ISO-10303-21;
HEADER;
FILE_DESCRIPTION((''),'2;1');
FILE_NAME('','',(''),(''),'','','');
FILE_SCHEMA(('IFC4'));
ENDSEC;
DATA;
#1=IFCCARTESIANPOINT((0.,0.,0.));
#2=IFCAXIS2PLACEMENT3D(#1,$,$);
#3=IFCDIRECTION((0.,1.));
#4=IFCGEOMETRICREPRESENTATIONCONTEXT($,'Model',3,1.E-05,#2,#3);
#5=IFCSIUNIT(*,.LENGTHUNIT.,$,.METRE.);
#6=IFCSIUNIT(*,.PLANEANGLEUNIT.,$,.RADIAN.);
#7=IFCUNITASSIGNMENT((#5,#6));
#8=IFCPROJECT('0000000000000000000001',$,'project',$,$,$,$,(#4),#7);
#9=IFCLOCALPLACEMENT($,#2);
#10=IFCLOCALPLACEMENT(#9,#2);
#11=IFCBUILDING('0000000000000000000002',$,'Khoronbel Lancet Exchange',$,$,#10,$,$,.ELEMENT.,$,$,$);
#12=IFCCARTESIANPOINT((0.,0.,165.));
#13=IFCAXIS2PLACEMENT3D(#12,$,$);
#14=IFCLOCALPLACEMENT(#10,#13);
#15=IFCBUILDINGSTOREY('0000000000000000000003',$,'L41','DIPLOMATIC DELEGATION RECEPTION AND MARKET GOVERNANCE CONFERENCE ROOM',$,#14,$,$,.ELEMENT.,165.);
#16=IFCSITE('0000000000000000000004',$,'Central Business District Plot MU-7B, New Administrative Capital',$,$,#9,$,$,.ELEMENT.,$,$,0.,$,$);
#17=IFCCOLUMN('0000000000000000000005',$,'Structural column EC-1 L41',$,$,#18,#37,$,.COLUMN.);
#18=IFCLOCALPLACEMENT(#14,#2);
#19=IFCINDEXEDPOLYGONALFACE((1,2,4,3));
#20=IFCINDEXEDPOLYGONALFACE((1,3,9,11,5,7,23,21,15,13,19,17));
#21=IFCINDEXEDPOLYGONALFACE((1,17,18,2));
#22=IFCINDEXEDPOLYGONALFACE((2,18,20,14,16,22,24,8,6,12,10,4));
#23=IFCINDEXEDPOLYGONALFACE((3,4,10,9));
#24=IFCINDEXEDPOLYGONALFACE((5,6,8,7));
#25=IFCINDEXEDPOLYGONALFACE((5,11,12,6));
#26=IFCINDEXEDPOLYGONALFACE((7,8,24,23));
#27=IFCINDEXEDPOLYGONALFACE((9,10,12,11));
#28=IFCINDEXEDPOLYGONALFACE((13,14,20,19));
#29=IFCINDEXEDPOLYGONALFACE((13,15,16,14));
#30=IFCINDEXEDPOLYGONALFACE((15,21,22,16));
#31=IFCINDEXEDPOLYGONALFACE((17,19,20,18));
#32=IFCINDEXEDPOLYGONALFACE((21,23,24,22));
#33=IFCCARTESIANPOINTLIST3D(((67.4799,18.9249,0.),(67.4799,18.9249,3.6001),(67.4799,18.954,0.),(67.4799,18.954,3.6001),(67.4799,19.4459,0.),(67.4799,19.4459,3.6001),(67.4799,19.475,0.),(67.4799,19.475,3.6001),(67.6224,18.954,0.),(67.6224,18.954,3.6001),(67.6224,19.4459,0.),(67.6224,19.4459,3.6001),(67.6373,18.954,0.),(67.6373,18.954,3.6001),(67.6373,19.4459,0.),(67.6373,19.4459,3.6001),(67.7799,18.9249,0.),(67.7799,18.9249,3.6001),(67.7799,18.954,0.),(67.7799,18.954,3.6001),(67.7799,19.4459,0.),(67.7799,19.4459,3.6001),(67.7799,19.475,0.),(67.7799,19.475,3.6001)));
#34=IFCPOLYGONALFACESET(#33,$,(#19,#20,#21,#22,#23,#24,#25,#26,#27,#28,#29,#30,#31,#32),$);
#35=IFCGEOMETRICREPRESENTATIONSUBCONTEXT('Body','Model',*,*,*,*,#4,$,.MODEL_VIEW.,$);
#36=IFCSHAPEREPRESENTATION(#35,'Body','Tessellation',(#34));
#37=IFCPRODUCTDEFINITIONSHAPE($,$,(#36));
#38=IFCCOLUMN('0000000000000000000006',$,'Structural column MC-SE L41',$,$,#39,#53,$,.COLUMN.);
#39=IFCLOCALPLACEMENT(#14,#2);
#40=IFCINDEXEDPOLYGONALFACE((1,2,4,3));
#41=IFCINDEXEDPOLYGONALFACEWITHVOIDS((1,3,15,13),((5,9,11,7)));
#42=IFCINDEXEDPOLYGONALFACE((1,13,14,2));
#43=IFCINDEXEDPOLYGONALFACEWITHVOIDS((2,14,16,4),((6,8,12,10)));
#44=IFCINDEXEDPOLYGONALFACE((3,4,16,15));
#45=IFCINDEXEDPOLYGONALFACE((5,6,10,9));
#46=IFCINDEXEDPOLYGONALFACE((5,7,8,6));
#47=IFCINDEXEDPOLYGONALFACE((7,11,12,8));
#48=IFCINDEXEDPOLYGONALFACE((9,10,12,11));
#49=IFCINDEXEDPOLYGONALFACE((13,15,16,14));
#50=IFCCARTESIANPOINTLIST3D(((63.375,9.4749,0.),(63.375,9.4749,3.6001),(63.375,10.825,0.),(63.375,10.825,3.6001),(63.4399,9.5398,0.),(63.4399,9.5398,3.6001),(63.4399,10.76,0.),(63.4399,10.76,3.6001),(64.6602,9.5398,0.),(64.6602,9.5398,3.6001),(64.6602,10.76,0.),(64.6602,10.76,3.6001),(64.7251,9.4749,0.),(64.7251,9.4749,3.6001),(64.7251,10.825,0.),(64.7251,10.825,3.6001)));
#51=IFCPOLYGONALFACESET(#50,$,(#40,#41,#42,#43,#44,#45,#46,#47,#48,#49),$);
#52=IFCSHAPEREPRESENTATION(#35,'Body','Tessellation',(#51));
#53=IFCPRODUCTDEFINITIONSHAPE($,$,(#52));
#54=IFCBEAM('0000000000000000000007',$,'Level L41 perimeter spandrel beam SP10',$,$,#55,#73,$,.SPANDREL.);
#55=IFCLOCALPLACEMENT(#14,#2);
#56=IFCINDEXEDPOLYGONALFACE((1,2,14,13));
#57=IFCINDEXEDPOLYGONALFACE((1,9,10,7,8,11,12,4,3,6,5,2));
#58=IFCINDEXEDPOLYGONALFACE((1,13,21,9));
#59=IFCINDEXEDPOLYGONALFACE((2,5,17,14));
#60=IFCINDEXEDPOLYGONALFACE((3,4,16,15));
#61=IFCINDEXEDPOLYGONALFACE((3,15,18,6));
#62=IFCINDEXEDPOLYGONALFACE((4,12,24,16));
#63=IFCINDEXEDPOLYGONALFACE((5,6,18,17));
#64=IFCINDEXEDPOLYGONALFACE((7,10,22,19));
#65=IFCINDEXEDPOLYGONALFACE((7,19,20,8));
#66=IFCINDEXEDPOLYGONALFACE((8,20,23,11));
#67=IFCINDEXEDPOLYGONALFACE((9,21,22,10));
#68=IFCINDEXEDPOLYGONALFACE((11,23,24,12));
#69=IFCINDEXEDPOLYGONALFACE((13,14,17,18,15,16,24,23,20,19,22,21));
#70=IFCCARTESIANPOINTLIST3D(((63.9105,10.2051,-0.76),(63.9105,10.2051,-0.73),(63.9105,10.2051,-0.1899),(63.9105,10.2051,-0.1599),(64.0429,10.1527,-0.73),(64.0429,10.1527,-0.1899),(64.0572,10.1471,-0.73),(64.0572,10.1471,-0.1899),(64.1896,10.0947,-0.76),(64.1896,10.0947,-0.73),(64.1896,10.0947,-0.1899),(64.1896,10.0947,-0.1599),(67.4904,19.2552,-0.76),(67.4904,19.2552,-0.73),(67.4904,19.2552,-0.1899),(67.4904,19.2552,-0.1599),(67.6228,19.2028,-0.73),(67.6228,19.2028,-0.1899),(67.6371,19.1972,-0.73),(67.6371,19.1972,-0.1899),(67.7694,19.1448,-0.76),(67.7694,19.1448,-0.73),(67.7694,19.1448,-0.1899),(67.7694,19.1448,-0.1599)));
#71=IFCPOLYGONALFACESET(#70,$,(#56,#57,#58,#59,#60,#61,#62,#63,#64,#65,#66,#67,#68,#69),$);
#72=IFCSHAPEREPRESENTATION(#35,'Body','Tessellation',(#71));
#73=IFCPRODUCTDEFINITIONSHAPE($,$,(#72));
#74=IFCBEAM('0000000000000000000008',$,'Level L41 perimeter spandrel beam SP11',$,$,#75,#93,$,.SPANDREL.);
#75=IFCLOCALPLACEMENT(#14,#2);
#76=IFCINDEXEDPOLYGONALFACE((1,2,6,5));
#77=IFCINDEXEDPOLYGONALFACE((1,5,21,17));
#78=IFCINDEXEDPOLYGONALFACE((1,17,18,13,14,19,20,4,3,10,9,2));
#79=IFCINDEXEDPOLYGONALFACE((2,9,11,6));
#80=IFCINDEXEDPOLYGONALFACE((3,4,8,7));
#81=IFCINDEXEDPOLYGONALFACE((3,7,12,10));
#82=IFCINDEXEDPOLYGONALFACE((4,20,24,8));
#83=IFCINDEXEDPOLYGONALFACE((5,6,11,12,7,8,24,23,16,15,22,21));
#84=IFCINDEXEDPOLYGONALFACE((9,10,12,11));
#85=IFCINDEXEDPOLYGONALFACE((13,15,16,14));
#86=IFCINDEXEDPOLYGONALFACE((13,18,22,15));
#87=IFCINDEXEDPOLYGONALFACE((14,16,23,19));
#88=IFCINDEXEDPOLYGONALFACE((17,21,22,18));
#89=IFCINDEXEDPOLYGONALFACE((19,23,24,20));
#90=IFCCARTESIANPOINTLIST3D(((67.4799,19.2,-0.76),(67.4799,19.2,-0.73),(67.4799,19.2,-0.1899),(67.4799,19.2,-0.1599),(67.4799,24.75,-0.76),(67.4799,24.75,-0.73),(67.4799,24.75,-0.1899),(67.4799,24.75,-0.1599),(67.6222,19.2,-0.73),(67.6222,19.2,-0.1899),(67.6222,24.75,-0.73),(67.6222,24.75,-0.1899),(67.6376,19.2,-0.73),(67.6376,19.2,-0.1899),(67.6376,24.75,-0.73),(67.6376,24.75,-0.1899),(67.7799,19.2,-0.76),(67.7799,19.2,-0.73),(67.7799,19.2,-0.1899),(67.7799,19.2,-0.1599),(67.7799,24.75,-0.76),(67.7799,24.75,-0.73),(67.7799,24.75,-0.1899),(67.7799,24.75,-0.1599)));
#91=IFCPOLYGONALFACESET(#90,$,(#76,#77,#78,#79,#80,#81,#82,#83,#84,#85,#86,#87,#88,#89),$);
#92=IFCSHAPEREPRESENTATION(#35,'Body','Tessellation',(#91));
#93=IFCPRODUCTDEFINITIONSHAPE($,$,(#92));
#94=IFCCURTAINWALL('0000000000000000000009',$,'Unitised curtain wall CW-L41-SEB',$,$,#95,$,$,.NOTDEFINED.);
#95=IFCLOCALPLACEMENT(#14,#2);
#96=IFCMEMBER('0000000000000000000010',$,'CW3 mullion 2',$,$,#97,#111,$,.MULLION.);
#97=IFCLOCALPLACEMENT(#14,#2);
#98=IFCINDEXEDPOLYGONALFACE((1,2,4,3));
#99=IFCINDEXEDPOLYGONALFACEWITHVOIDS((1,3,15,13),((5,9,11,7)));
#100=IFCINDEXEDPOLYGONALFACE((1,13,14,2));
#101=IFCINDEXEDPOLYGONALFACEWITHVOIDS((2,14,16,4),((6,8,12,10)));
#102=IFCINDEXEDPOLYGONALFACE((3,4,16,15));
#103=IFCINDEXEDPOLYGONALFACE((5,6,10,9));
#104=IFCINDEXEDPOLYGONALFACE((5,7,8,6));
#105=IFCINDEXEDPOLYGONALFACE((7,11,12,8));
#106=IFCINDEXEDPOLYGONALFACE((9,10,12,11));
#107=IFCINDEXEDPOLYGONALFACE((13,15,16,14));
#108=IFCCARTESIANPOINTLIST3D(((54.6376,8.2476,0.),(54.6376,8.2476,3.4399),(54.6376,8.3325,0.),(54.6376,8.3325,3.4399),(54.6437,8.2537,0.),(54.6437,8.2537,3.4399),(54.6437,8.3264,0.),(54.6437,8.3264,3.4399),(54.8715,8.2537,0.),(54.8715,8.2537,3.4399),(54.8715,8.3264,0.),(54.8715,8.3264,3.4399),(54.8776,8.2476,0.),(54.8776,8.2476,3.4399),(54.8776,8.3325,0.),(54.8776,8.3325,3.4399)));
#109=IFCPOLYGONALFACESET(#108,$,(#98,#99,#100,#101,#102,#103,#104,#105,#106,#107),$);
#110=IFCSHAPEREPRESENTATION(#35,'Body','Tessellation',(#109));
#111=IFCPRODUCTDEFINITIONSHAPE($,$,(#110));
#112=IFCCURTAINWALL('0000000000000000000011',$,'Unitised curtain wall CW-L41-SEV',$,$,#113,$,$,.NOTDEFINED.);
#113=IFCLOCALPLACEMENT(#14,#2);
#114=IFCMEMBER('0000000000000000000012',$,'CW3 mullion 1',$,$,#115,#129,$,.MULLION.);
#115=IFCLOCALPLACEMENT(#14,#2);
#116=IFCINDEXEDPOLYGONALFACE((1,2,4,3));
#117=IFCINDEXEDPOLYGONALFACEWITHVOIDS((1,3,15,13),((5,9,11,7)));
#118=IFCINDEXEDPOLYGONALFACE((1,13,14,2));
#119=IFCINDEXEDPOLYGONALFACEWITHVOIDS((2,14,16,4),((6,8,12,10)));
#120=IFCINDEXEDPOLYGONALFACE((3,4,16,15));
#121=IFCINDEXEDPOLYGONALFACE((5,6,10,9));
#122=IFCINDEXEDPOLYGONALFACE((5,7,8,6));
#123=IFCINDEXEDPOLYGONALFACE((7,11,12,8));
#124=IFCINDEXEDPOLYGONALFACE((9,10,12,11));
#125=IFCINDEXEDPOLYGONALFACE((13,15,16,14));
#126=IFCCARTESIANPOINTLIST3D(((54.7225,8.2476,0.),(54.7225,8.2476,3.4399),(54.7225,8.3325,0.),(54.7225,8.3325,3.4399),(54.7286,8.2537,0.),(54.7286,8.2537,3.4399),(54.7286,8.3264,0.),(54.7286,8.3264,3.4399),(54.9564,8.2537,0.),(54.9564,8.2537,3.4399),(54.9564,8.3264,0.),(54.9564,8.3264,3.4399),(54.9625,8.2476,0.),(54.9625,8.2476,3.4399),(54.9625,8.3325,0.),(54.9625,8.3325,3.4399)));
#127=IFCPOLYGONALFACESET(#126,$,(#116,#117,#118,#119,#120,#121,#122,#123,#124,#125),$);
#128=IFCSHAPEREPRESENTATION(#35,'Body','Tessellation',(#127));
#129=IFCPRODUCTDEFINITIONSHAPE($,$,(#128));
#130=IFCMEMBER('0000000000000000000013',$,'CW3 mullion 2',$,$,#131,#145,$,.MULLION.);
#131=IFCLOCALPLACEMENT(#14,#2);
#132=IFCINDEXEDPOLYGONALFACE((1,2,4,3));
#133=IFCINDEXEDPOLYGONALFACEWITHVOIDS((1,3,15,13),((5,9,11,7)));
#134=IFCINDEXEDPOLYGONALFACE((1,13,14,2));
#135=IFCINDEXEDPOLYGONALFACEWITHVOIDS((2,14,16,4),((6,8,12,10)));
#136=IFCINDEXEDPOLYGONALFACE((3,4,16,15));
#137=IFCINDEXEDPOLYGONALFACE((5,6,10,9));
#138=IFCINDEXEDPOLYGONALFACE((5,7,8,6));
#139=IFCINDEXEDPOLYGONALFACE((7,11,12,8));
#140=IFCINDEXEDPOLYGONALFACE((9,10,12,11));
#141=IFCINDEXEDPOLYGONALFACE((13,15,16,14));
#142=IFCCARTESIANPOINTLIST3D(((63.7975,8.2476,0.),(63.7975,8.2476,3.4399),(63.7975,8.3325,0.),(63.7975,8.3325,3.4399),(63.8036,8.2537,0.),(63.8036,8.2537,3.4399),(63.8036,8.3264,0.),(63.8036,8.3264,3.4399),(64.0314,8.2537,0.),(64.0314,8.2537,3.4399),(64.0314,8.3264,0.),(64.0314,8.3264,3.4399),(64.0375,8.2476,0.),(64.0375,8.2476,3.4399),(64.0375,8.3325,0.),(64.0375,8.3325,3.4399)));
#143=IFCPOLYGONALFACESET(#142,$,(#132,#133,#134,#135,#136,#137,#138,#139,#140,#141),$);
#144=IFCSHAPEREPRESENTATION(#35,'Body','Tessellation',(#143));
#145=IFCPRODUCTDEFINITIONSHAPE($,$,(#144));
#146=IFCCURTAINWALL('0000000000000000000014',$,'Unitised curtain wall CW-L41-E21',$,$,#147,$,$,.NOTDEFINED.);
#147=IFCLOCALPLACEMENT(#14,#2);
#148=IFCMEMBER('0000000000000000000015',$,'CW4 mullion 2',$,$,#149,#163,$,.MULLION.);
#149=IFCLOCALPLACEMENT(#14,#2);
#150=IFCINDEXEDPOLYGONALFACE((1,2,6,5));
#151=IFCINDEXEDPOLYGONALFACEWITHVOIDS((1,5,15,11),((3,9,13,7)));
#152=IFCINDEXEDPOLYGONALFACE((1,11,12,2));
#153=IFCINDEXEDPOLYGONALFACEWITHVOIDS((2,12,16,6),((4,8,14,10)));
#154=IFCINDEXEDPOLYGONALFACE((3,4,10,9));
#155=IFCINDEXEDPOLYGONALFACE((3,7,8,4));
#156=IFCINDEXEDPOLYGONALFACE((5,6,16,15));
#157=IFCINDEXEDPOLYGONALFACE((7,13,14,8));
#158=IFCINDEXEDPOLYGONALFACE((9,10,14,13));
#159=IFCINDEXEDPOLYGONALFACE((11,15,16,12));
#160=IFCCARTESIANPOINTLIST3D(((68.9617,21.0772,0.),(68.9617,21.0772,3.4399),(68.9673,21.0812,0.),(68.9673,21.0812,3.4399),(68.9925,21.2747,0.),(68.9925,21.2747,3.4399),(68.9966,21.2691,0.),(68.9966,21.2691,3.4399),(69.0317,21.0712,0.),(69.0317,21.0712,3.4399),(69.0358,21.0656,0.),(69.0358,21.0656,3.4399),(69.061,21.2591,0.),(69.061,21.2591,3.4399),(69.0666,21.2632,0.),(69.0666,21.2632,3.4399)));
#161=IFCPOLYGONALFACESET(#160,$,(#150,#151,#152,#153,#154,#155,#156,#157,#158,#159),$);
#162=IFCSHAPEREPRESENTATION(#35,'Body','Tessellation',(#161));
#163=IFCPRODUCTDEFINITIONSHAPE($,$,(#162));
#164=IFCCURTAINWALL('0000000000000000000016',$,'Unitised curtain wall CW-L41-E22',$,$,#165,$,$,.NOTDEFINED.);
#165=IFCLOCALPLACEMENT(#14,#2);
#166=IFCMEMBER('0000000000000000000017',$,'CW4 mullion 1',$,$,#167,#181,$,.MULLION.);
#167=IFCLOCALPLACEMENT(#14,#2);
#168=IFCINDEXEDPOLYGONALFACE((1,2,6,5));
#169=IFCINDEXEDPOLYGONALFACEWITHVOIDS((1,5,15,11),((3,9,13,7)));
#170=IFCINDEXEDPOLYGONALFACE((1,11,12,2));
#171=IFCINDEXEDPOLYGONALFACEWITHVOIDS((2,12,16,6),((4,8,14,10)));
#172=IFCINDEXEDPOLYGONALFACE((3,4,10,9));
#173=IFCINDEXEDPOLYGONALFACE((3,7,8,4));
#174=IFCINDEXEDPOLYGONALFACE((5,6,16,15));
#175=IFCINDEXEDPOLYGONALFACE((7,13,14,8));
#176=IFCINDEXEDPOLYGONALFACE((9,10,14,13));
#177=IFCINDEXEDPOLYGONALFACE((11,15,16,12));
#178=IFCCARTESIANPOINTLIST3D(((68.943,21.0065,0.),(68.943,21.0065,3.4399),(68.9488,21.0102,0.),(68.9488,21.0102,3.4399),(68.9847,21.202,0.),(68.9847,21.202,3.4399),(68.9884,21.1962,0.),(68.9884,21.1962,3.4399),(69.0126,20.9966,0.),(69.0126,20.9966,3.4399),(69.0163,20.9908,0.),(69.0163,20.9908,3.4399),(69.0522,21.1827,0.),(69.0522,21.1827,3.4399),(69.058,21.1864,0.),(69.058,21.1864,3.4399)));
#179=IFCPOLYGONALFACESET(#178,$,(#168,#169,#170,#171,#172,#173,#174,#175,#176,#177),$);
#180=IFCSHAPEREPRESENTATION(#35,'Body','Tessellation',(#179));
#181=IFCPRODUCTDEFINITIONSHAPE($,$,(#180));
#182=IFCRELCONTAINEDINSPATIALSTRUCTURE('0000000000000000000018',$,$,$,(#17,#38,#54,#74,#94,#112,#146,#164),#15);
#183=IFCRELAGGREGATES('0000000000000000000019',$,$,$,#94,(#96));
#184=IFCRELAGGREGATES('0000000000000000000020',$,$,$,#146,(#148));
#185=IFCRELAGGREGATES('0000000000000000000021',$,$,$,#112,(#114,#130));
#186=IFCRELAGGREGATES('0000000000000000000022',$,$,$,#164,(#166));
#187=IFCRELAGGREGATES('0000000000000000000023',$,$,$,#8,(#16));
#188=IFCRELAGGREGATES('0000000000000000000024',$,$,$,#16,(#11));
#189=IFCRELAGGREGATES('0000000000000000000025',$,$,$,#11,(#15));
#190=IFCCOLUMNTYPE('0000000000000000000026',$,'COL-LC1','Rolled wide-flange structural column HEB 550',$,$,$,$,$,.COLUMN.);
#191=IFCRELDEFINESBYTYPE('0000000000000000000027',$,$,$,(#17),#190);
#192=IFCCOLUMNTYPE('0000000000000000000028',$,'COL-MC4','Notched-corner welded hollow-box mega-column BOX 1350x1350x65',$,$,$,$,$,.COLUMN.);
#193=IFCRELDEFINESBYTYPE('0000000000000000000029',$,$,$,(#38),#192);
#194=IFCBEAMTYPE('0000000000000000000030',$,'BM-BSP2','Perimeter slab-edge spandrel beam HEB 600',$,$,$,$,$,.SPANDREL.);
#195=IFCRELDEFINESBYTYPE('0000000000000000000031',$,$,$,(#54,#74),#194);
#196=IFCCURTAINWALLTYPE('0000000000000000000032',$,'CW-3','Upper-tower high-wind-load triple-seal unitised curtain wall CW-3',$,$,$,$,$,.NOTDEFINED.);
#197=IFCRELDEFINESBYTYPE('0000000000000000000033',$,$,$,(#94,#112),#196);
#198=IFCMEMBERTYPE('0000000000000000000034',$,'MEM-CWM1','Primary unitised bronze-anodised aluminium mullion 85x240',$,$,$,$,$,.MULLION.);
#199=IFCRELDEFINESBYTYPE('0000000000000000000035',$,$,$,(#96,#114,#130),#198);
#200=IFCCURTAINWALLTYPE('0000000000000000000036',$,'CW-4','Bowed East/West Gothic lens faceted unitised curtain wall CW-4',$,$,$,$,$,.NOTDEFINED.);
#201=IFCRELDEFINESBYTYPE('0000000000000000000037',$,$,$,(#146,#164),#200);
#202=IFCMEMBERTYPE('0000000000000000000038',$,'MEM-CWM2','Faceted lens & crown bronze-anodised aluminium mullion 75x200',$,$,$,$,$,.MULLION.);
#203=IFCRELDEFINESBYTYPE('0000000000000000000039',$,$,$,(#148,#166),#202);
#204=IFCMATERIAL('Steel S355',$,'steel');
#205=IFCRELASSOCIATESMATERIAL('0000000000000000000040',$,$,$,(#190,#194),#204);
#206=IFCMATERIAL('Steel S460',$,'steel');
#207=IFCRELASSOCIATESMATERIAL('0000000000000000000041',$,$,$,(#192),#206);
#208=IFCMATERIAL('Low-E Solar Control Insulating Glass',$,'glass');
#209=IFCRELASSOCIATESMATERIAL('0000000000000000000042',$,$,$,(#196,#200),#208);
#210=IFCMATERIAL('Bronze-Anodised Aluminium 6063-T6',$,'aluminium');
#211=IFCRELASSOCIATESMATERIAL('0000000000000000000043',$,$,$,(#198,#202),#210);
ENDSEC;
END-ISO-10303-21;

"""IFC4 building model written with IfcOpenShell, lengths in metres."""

from ifc_helpers import new_model, si_unit, direction, frame, origin, origin_2d, place, context, subcontext, project, spatial, hollow_rectangle, i_section, extrude, material, material_profile, profile_set, type_object, element, aggregate, save


model = new_model("IFC4")

# Units and contexts
model_context = context("Model", 3, precision=1e-05, world=origin(), true_north=direction((0.0, 1.0)))
body_context = subcontext(model_context, "Body", "Model", "MODEL_VIEW")
ifc_project = project(units=[si_unit("LENGTHUNIT", "METRE"), si_unit("PLANEANGLEUNIT", "RADIAN")], contexts=[model_context])

# Site, building, storey
site_placement = place(None, origin())
site = spatial("IfcSite", under=ifc_project, at=site_placement, Name="Central Business District Plot MU-7B, New Administrative Capital", CompositionType="ELEMENT", RefElevation=0.0)
building_placement = place(site_placement, origin())
building = spatial("IfcBuilding", under=site, at=building_placement, Name="Khoronbel Lancet Exchange", CompositionType="ELEMENT")
storey_placement = place(building_placement, frame((0.0, 0.0, 165.0)))
storey = spatial("IfcBuildingStorey", under=building, at=storey_placement, Name="L41", Description="DIPLOMATIC DELEGATION RECEPTION AND MARKET GOVERNANCE CONFERENCE ROOM", CompositionType="ELEMENT", Elevation=165.0)

# Columns
ifc_material_1 = material(Name="Steel S355", Category="steel")
ifc_material_profile_1 = material_profile(ifc_material_1, i_section(OverallWidth=0.3, OverallDepth=0.55, WebThickness=0.0149, FlangeThickness=0.0291, at=origin_2d()), Name="HEB 550")
ifc_profile_set_1 = profile_set([ifc_material_profile_1], Name="Steel S355")
column_type_1 = type_object("IfcColumnType", Name="COL-LC1", Description="Rolled wide-flange structural column HEB 550", PredefinedType="COLUMN", material=ifc_profile_set_1)
column_1_placement = place(storey_placement, frame((67.6299, 19.2, 0.0), z_axis=(0.0, 0.0, 1.0), x_axis=(1.0, 0.0, 0.0)))
element("IfcColumn", 1, at=column_1_placement, inside=storey, type_object=column_type_1, Name="Structural column EC-1 L41", PredefinedType="COLUMN", context=body_context, shape_type="SweptSolid", body=[
    extrude(i_section(OverallWidth=0.3, OverallDepth=0.55, WebThickness=0.0149, FlangeThickness=0.0291, at=origin_2d()), origin(), (0.0, 0.0, 1.0), 3.6001),
])
ifc_material_2 = material(Name="Steel S460", Category="steel")
ifc_material_profile_2 = material_profile(ifc_material_2, hollow_rectangle(XDim=1.3501, YDim=1.3501, WallThickness=0.0649, at=origin_2d()), Name="BOX 1350x1350x65")
ifc_profile_set_2 = profile_set([ifc_material_profile_2], Name="Steel S460")
column_type_2 = type_object("IfcColumnType", Name="COL-MC4", Description="Notched-corner welded hollow-box mega-column BOX 1350x1350x65", PredefinedType="COLUMN", material=ifc_profile_set_2)
column_2_placement = place(storey_placement, frame((64.05, 10.1499, 0.0), z_axis=(0.0, 0.0, 1.0), x_axis=(1.0, 0.0, 0.0)))
element("IfcColumn", 2, at=column_2_placement, inside=storey, type_object=column_type_2, Name="Structural column MC-SE L41", PredefinedType="COLUMN", context=body_context, shape_type="SweptSolid", body=[
    extrude(hollow_rectangle(XDim=1.3501, YDim=1.3501, WallThickness=0.0649, at=origin_2d()), origin(), (0.0, 0.0, 1.0), 3.6001),
])

# Beams
ifc_material_profile_3 = material_profile(ifc_material_1, i_section(OverallWidth=0.3, OverallDepth=0.6001, WebThickness=0.0154, FlangeThickness=0.03, at=origin_2d()), Name="HEB 600")
ifc_profile_set_3 = profile_set([ifc_material_profile_3], Name="Steel S355")
beam_type = type_object("IfcBeamType", Name="BM-BSP2", Description="Perimeter slab-edge spandrel beam HEB 600", PredefinedType="SPANDREL", material=ifc_profile_set_3)
beam_1_placement = place(storey_placement, frame((64.05, 10.1499, -0.46), z_axis=(0.367828, 0.929894, 0.0), x_axis=(-0.929894, 0.367828, 0.0)))
element("IfcBeam", 3, at=beam_1_placement, inside=storey, type_object=beam_type, Name="Level L41 perimeter spandrel beam SP10", PredefinedType="SPANDREL", context=body_context, shape_type="SweptSolid", body=[
    extrude(i_section(OverallWidth=0.3, OverallDepth=0.6001, WebThickness=0.0154, FlangeThickness=0.03, at=origin_2d()), origin(), (0.0, 0.0, 1.0), 9.7324),
])
beam_2_placement = place(storey_placement, frame((67.6299, 19.2, -0.46), z_axis=(0.0, 1.0, 0.0), x_axis=(-1.0, 0.0, 0.0)))
element("IfcBeam", 4, at=beam_2_placement, inside=storey, type_object=beam_type, Name="Level L41 perimeter spandrel beam SP11", PredefinedType="SPANDREL", context=body_context, shape_type="SweptSolid", body=[
    extrude(i_section(OverallWidth=0.3, OverallDepth=0.6001, WebThickness=0.0154, FlangeThickness=0.03, at=origin_2d()), origin(), (0.0, 0.0, 1.0), 5.55),
])

# Curtain wall, member
ifc_material_3 = material(Name="Low-E Solar Control Insulating Glass", Category="glass")
curtain_wall_type_1 = type_object("IfcCurtainWallType", Name="CW-3", Description="Upper-tower high-wind-load triple-seal unitised curtain wall CW-3", PredefinedType="NOTDEFINED", material=ifc_material_3)
curtain_wall_1_placement = place(storey_placement, origin())
curtain_wall_1 = element("IfcCurtainWall", 5, at=curtain_wall_1_placement, inside=storey, type_object=curtain_wall_type_1, Name="Unitised curtain wall CW-L41-SEB", PredefinedType="NOTDEFINED")
ifc_material_4 = material(Name="Bronze-Anodised Aluminium 6063-T6", Category="aluminium")
ifc_material_profile_4 = material_profile(ifc_material_4, hollow_rectangle(XDim=0.085, YDim=0.24, WallThickness=0.0061, at=origin_2d()), Name="ALU MULLION 85x240")
ifc_profile_set_4 = profile_set([ifc_material_profile_4], Name="Bronze-Anodised Aluminium 6063-T6")
member_type_1 = type_object("IfcMemberType", Name="MEM-CWM1", Description="Primary unitised bronze-anodised aluminium mullion 85x240", PredefinedType="MULLION", material=ifc_profile_set_4)
member_1_placement = place(storey_placement, frame((54.7576, 8.29, 0.0), z_axis=(0.0, 0.0, 1.0), x_axis=(0.0, 1.0, 0.0)))
member_1 = element("IfcMember", 6, at=member_1_placement, type_object=member_type_1, Name="CW3 mullion 2", PredefinedType="MULLION", context=body_context, shape_type="SweptSolid", body=[
    extrude(hollow_rectangle(XDim=0.085, YDim=0.24, WallThickness=0.0061, at=origin_2d()), origin(), (0.0, 0.0, 1.0), 3.4399),
])
aggregate(curtain_wall_1, [member_1])

# Curtain wall, members
curtain_wall_2_placement = place(storey_placement, origin())
curtain_wall_2 = element("IfcCurtainWall", 7, at=curtain_wall_2_placement, inside=storey, type_object=curtain_wall_type_1, Name="Unitised curtain wall CW-L41-SEV", PredefinedType="NOTDEFINED")
member_2_placement = place(storey_placement, frame((54.8425, 8.29, 0.0), z_axis=(0.0, 0.0, 1.0), x_axis=(0.0, 1.0, 0.0)))
member_2 = element("IfcMember", 8, at=member_2_placement, type_object=member_type_1, Name="CW3 mullion 1", PredefinedType="MULLION", context=body_context, shape_type="SweptSolid", body=[
    extrude(hollow_rectangle(XDim=0.085, YDim=0.24, WallThickness=0.0061, at=origin_2d()), origin(), (0.0, 0.0, 1.0), 3.4399),
])
member_3_placement = place(storey_placement, frame((63.9175, 8.29, 0.0), z_axis=(0.0, 0.0, 1.0), x_axis=(0.0, 1.0, 0.0)))
member_3 = element("IfcMember", 9, at=member_3_placement, type_object=member_type_1, Name="CW3 mullion 2", PredefinedType="MULLION", context=body_context, shape_type="SweptSolid", body=[
    extrude(hollow_rectangle(XDim=0.085, YDim=0.24, WallThickness=0.0061, at=origin_2d()), origin(), (0.0, 0.0, 1.0), 3.4399),
])

# Curtain wall, member
curtain_wall_type_2 = type_object("IfcCurtainWallType", Name="CW-4", Description="Bowed East/West Gothic lens faceted unitised curtain wall CW-4", PredefinedType="NOTDEFINED", material=ifc_material_3)
curtain_wall_3_placement = place(storey_placement, origin())
curtain_wall_3 = element("IfcCurtainWall", 10, at=curtain_wall_3_placement, inside=storey, type_object=curtain_wall_type_2, Name="Unitised curtain wall CW-L41-E21", PredefinedType="NOTDEFINED")
ifc_material_profile_5 = material_profile(ifc_material_4, hollow_rectangle(XDim=0.075, YDim=0.2, WallThickness=0.0049, at=origin_2d()), Name="ALU MULLION 75x200")
ifc_profile_set_5 = profile_set([ifc_material_profile_5], Name="Bronze-Anodised Aluminium 6063-T6")
member_type_2 = type_object("IfcMemberType", Name="MEM-CWM2", Description="Faceted lens & crown bronze-anodised aluminium mullion 75x200", PredefinedType="MULLION", material=ifc_profile_set_5)
member_4_placement = place(storey_placement, frame((69.0142, 21.1702, 0.0), z_axis=(0.0, 0.0, 1.0), x_axis=(0.988069, -0.154012, 0.0)))
member_4 = element("IfcMember", 11, at=member_4_placement, type_object=member_type_2, Name="CW4 mullion 2", PredefinedType="MULLION", context=body_context, shape_type="SweptSolid", body=[
    extrude(hollow_rectangle(XDim=0.075, YDim=0.2, WallThickness=0.0049, at=origin_2d()), origin(), (0.0, 0.0, 1.0), 3.4399),
])
aggregate(curtain_wall_3, [member_4])

# Curtain wall, member
curtain_wall_4_placement = place(storey_placement, origin())
curtain_wall_4 = element("IfcCurtainWall", 12, at=curtain_wall_4_placement, inside=storey, type_object=curtain_wall_type_2, Name="Unitised curtain wall CW-L41-E22", PredefinedType="NOTDEFINED")
member_5_placement = place(storey_placement, frame((69.0005, 21.0964, 0.0), z_axis=(0.0, 0.0, 1.0), x_axis=(0.978076, -0.20825, 0.0)))
member_5 = element("IfcMember", 13, at=member_5_placement, type_object=member_type_2, Name="CW4 mullion 1", PredefinedType="MULLION", context=body_context, shape_type="SweptSolid", body=[
    extrude(hollow_rectangle(XDim=0.075, YDim=0.2, WallThickness=0.0049, at=origin_2d()), origin(), (0.0, 0.0, 1.0), 3.4399),
])

aggregate(curtain_wall_2, [member_2, member_3])
aggregate(curtain_wall_4, [member_5])

save(model, "model.ifc")
